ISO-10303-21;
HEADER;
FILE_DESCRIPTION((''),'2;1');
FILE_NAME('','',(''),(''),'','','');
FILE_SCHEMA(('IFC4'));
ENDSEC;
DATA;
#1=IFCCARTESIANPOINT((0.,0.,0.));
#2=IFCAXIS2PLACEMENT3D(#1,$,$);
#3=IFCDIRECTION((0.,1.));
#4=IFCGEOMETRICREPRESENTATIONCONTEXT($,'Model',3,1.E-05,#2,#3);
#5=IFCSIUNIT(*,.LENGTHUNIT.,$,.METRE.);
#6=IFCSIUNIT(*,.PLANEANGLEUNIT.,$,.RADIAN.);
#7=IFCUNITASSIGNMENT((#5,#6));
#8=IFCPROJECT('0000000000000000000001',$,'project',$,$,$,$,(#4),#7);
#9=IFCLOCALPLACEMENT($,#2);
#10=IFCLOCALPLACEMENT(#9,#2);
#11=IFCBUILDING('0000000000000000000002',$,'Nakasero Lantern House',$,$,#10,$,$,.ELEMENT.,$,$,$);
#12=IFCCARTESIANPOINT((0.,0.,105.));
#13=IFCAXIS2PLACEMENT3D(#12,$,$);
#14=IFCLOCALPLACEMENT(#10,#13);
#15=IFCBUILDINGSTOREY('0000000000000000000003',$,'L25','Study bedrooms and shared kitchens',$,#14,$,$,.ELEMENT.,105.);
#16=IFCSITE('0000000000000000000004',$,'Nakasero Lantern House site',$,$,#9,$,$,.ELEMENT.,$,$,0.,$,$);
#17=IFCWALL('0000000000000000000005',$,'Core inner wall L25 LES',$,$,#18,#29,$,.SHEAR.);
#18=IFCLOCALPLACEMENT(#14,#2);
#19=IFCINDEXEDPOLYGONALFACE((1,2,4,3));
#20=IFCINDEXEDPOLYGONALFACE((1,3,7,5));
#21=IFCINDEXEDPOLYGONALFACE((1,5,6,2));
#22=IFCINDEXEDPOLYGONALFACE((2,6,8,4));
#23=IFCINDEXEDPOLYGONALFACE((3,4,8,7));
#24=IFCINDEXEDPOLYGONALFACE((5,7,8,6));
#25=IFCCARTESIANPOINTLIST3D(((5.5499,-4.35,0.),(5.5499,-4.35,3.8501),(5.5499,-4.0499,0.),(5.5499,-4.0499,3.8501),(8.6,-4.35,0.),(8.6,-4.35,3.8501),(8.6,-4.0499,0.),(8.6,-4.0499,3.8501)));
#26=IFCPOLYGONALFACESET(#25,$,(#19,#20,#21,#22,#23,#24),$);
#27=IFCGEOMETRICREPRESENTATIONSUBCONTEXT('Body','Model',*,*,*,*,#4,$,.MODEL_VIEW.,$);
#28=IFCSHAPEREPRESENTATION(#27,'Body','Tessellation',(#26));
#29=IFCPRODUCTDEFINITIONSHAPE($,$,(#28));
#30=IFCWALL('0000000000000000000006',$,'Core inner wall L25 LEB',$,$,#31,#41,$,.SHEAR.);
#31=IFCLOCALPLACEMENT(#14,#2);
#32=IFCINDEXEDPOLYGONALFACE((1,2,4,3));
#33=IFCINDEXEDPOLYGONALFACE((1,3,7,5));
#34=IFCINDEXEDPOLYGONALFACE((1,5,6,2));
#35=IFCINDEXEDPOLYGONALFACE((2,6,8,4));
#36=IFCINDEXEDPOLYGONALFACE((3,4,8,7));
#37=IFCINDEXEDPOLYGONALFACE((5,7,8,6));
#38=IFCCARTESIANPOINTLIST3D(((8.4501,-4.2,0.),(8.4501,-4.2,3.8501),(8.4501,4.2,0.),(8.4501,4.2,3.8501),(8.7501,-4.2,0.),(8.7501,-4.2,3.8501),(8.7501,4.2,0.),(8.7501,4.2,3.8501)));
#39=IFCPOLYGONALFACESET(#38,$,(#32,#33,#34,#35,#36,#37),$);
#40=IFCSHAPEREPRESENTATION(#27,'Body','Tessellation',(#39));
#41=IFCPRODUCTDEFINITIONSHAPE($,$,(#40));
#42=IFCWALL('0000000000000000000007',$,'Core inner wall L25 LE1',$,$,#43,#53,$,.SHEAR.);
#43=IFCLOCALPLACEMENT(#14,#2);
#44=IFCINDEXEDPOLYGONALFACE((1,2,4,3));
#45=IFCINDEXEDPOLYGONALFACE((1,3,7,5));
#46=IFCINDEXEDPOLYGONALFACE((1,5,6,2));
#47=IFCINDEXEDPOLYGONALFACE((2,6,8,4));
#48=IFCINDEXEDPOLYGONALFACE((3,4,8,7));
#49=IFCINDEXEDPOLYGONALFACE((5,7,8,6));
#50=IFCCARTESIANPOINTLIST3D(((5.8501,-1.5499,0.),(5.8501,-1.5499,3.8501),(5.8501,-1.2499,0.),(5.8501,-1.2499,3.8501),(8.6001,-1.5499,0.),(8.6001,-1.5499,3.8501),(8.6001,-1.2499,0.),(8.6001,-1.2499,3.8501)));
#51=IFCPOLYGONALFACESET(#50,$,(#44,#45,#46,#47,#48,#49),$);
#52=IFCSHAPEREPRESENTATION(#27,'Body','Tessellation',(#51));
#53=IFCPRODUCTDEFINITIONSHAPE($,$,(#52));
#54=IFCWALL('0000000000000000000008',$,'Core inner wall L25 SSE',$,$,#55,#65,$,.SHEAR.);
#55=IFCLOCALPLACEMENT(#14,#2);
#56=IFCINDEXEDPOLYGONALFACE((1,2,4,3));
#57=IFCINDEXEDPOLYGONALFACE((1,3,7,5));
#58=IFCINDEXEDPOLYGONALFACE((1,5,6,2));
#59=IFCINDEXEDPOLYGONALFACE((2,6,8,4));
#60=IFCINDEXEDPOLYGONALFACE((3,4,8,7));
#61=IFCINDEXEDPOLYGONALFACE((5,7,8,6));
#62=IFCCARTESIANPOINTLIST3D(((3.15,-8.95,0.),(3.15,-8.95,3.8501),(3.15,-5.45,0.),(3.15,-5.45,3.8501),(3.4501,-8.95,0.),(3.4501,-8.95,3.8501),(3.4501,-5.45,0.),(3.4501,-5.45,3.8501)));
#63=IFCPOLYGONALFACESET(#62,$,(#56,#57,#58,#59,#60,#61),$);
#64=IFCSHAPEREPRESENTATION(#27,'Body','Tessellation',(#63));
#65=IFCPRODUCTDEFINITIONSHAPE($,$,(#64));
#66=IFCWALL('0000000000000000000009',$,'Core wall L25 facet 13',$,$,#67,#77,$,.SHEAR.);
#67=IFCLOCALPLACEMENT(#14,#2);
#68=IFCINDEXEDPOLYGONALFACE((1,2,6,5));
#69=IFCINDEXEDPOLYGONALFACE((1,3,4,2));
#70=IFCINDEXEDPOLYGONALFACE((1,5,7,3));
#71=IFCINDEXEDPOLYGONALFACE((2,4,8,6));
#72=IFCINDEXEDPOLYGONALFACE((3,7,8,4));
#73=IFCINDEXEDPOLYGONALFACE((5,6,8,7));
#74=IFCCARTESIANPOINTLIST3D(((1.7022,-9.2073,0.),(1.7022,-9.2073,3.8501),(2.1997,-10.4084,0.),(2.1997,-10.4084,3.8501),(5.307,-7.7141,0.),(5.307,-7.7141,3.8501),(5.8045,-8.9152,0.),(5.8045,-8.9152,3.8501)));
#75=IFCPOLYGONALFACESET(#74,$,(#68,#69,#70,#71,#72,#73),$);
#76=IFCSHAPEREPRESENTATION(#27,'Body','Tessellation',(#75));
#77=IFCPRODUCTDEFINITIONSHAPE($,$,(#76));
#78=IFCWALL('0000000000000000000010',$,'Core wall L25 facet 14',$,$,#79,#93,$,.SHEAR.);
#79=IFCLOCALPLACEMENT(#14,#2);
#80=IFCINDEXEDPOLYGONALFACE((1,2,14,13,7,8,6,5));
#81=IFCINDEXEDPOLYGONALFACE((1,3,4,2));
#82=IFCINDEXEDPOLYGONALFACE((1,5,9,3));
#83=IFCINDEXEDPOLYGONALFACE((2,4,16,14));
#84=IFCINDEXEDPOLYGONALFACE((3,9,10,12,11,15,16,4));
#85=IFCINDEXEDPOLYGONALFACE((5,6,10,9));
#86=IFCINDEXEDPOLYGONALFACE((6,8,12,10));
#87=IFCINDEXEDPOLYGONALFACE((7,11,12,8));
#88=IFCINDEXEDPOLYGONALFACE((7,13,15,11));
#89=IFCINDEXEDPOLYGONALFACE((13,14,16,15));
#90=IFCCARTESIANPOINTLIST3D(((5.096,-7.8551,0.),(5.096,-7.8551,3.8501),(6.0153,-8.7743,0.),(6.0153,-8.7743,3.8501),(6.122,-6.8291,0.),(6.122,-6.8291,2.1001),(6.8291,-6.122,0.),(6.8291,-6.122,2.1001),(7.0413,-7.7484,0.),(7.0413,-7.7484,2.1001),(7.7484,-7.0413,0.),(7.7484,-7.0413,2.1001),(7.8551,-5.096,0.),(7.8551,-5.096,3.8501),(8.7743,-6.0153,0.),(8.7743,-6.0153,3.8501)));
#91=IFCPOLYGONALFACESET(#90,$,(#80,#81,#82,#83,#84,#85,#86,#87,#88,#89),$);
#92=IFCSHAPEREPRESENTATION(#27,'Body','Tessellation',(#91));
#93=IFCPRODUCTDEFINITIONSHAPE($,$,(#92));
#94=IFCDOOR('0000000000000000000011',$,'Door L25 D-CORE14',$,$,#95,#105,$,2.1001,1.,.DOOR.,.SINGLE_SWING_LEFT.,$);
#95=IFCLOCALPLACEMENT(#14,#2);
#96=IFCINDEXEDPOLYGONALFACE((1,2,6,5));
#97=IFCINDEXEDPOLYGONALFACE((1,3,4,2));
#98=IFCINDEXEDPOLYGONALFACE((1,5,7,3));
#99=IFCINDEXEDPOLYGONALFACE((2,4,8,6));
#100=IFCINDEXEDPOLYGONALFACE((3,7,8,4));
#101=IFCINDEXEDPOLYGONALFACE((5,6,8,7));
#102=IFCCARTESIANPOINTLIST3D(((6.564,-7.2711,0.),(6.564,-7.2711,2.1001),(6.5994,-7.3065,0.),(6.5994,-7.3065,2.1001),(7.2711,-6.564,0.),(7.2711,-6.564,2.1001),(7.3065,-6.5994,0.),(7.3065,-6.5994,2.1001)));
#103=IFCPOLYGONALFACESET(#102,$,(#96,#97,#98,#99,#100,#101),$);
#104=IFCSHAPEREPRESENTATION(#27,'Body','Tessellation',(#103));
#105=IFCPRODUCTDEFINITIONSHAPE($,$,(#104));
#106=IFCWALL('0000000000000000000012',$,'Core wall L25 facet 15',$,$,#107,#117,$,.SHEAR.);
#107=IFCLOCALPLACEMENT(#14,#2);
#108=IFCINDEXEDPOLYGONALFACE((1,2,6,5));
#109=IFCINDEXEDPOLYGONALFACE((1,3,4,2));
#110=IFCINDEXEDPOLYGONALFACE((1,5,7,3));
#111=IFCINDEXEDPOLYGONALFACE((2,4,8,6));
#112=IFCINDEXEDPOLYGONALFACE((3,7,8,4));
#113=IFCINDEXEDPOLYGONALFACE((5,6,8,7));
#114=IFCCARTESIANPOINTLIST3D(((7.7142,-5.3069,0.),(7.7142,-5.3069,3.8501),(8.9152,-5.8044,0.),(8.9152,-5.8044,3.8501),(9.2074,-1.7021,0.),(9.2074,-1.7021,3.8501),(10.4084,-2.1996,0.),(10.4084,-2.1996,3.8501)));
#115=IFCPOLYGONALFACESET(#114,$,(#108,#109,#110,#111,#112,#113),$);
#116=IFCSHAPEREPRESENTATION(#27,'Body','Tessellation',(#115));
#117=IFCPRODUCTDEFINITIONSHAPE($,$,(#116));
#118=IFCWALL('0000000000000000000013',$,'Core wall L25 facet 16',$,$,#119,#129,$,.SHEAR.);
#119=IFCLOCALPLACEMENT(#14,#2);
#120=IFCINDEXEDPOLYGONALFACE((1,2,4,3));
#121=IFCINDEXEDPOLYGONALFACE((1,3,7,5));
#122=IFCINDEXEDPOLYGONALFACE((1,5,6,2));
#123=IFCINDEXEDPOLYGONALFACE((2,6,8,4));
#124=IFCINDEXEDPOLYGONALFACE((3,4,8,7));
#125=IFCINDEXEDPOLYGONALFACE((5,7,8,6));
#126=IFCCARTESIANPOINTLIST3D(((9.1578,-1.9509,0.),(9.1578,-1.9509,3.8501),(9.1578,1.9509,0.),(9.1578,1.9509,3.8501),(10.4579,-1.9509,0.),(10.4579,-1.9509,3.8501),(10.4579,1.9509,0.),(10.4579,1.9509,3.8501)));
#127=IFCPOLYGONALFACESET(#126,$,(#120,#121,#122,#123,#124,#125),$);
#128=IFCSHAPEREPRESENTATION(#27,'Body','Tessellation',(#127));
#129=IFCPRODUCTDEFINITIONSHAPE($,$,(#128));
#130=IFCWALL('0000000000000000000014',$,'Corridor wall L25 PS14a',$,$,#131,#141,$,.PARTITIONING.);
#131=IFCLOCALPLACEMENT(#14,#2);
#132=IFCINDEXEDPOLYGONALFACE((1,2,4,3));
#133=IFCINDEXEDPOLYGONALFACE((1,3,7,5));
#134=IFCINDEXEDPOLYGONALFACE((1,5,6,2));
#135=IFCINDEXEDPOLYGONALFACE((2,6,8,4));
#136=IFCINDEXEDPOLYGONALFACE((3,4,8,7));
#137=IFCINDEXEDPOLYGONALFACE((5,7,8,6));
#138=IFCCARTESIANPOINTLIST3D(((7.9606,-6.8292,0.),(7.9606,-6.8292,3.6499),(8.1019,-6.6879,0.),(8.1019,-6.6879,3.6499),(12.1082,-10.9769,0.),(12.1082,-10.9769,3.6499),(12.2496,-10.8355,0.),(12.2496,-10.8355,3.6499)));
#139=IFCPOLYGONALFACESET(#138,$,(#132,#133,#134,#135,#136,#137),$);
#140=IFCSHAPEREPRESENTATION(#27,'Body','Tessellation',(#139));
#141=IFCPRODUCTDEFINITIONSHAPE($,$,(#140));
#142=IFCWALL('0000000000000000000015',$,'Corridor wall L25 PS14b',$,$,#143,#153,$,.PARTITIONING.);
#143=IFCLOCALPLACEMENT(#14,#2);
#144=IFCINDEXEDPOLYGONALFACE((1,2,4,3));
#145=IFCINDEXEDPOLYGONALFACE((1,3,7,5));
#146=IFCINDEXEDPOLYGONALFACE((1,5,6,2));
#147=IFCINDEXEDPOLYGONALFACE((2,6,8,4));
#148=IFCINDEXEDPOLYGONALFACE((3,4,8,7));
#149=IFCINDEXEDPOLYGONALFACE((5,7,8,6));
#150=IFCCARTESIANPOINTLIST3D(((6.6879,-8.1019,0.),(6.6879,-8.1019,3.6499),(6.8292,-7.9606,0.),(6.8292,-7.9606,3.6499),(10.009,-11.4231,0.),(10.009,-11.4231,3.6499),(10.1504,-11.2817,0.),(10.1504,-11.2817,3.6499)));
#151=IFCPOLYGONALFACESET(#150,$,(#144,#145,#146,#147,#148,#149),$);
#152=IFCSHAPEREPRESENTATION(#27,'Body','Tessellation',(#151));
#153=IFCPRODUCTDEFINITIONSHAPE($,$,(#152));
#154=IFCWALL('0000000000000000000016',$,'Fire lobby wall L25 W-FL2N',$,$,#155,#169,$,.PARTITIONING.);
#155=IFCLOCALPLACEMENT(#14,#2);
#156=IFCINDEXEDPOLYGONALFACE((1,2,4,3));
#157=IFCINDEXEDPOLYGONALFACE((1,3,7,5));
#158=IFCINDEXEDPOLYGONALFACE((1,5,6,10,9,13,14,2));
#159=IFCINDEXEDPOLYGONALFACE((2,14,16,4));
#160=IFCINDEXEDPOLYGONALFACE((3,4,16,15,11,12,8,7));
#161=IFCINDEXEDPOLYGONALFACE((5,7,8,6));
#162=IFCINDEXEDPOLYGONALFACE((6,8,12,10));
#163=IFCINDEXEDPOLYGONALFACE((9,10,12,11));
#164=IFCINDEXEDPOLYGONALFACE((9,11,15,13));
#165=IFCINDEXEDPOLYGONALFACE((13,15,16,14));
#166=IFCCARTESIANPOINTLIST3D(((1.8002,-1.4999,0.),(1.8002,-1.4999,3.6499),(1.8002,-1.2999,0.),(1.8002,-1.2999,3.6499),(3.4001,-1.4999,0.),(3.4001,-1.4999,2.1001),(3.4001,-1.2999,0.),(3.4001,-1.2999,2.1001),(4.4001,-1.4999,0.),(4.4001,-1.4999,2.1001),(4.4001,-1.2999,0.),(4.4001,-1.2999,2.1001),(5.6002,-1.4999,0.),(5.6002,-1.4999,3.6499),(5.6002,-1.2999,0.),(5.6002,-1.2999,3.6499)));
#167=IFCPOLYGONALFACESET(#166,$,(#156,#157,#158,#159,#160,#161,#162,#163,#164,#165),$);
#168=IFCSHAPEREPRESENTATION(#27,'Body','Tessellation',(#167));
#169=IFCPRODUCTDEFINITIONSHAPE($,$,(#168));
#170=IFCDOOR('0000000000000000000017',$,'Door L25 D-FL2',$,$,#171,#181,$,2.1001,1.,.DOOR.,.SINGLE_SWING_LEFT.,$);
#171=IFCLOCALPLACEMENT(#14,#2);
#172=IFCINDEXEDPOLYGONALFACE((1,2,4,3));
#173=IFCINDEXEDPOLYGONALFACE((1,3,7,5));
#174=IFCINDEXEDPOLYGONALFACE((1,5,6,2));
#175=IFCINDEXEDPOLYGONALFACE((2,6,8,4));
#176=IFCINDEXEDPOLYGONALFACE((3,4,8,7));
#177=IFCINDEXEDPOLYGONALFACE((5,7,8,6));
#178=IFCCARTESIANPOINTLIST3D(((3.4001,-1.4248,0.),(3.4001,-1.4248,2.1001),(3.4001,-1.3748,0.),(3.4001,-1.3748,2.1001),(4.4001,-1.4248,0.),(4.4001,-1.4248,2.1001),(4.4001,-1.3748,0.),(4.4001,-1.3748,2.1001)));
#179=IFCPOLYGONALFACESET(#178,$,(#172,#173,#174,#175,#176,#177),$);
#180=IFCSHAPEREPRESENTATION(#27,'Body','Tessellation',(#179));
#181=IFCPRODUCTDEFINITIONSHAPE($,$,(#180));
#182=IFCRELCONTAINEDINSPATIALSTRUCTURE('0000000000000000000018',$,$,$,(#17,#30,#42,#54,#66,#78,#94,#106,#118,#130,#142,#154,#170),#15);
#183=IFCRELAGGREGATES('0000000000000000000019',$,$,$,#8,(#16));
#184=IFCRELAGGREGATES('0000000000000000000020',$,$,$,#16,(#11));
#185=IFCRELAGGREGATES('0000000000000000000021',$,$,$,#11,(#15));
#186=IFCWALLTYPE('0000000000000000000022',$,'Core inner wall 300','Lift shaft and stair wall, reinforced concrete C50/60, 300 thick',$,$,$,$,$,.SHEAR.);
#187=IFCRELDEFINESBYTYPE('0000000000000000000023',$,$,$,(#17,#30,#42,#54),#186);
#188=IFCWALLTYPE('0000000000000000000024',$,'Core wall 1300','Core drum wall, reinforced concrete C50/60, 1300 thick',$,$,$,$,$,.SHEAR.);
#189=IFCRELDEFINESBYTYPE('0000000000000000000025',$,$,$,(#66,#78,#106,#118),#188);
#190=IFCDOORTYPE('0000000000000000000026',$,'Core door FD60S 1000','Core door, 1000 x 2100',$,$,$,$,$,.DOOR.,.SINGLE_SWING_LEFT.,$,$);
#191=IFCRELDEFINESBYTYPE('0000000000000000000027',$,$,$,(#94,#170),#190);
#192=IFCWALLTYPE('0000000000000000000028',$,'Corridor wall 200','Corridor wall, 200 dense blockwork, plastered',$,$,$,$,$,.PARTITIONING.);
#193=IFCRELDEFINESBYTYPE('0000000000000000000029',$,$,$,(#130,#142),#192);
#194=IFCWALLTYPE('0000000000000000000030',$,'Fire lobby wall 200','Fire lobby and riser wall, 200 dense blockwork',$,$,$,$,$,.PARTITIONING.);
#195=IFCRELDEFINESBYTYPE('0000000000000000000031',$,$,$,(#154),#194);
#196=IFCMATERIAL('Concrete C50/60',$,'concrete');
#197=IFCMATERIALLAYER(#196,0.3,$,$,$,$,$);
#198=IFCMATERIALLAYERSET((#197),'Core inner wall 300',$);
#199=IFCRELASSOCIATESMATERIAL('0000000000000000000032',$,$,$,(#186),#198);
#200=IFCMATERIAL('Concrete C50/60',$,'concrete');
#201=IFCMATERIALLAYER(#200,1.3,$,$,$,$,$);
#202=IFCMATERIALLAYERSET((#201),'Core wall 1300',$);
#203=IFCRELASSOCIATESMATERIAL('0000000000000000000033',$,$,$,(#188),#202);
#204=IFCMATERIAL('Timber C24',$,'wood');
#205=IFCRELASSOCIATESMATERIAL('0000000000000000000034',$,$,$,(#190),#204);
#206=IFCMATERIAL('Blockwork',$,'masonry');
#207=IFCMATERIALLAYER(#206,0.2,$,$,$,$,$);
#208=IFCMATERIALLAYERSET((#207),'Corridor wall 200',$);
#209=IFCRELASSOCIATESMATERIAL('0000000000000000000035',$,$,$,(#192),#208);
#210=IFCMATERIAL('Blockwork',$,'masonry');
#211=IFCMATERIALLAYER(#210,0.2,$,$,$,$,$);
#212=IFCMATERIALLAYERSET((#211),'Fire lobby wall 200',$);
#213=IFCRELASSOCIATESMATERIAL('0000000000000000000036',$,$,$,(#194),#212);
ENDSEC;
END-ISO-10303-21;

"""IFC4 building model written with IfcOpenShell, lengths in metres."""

from ifc_helpers import new_model, si_unit, direction, frame, frame_2d, origin, place, context, subcontext, project, spatial, rectangle, extrude, material, layer, layer_set, type_object, element, fill, save


model = new_model("IFC4")

# Units and contexts
model_context = context("Model", 3, precision=1e-05, world=origin(), true_north=direction((0.0, 1.0)))
body_context = subcontext(model_context, "Body", "Model", "MODEL_VIEW")
ifc_project = project(units=[si_unit("LENGTHUNIT", "METRE"), si_unit("PLANEANGLEUNIT", "RADIAN")], contexts=[model_context])

# Site, building, storey
site_placement = place(None, origin())
site = spatial("IfcSite", under=ifc_project, at=site_placement, Name="Nakasero Lantern House site", CompositionType="ELEMENT", RefElevation=0.0)
building_placement = place(site_placement, origin())
building = spatial("IfcBuilding", under=site, at=building_placement, Name="Nakasero Lantern House", CompositionType="ELEMENT")
storey_placement = place(building_placement, frame((0.0, 0.0, 105.0)))
storey = spatial("IfcBuildingStorey", under=building, at=storey_placement, Name="L25", Description="Study bedrooms and shared kitchens", CompositionType="ELEMENT", Elevation=105.0)

# Shared definitions
ifc_material_1 = material(Name="Concrete C50/60", Category="concrete")
ifc_layer_1 = layer(ifc_material_1, 0.3)
ifc_layer_set_1 = layer_set([ifc_layer_1], Name="Core inner wall 300")
wall_type_1 = type_object("IfcWallType", Name="Core inner wall 300", Description="Lift shaft and stair wall, reinforced concrete C50/60, 300 thick", PredefinedType="SHEAR", material=ifc_layer_set_1)

# Walls
wall_1_placement = place(storey_placement, frame((5.55, -4.2, 0.0), z_axis=(0.0, 0.0, 1.0), x_axis=(1.0, 0.0, 0.0)))
element("IfcWall", 1, at=wall_1_placement, inside=storey, type_object=wall_type_1, Name="Core inner wall L25 LES", PredefinedType="SHEAR", context=body_context, shape_type="SweptSolid", body=[
    extrude(rectangle(XDim=3.05, YDim=0.3, at=frame_2d((1.5249, 0.0))), origin(), (0.0, 0.0, 1.0), 3.8501),
])
wall_2_placement = place(storey_placement, frame((8.6001, -4.2, 0.0), z_axis=(0.0, 0.0, 1.0), x_axis=(0.0, 1.0, 0.0)))
element("IfcWall", 2, at=wall_2_placement, inside=storey, type_object=wall_type_1, Name="Core inner wall L25 LEB", PredefinedType="SHEAR", context=body_context, shape_type="SweptSolid", body=[
    extrude(rectangle(XDim=8.3999, YDim=0.3, at=frame_2d((4.2, 0.0))), origin(), (0.0, 0.0, 1.0), 3.8501),
])
wall_3_placement = place(storey_placement, frame((5.8501, -1.3999, 0.0), z_axis=(0.0, 0.0, 1.0), x_axis=(1.0, 0.0, 0.0)))
element("IfcWall", 3, at=wall_3_placement, inside=storey, type_object=wall_type_1, Name="Core inner wall L25 LE1", PredefinedType="SHEAR", context=body_context, shape_type="SweptSolid", body=[
    extrude(rectangle(XDim=2.75, YDim=0.3, at=frame_2d((1.375, 0.0))), origin(), (0.0, 0.0, 1.0), 3.8501),
])
wall_4_placement = place(storey_placement, frame((3.3, -5.45, 0.0), z_axis=(0.0, 0.0, 1.0), x_axis=(0.0, -1.0, 0.0)))
element("IfcWall", 4, at=wall_4_placement, inside=storey, type_object=wall_type_1, Name="Core inner wall L25 SSE", PredefinedType="SHEAR", context=body_context, shape_type="SweptSolid", body=[
    extrude(rectangle(XDim=3.5, YDim=0.3, at=frame_2d((1.75, 0.0))), origin(), (0.0, 0.0, 1.0), 3.8501),
])
ifc_material_2 = material(Name="Concrete C50/60", Category="concrete")
ifc_layer_2 = layer(ifc_material_2, 1.3)
ifc_layer_set_2 = layer_set([ifc_layer_2], Name="Core wall 1300")
wall_type_2 = type_object("IfcWallType", Name="Core wall 1300", Description="Core drum wall, reinforced concrete C50/60, 1300 thick", PredefinedType="SHEAR", material=ifc_layer_set_2)
wall_5_placement = place(storey_placement, frame((1.9509, -9.8079, 0.0), z_axis=(0.0, 0.0, 1.0), x_axis=(0.923877, 0.382691, 0.0)))
element("IfcWall", 5, at=wall_5_placement, inside=storey, type_object=wall_type_2, Name="Core wall L25 facet 13", PredefinedType="SHEAR", context=body_context, shape_type="SweptSolid", body=[
    extrude(rectangle(XDim=3.9019, YDim=1.3, at=frame_2d((1.9509, 0.0))), origin(), (0.0, 0.0, 1.0), 3.8501),
])

# Wall, opening, door
wall_6_placement = place(storey_placement, frame((5.5557, -8.3147, 0.0), z_axis=(0.0, 0.0, 1.0), x_axis=(0.707107, 0.707107, 0.0)))
wall_6 = element("IfcWall", 6, at=wall_6_placement, inside=storey, type_object=wall_type_2, Name="Core wall L25 facet 14", PredefinedType="SHEAR", context=body_context, shape_type="SweptSolid", body=[
    extrude(rectangle(XDim=3.9019, YDim=1.3, at=frame_2d((1.9509, 0.0))), origin(), (0.0, 0.0, 1.0), 3.8501),
])
opening_1_placement = place(wall_6_placement, frame((1.4509, 0.0, 0.0)))
opening_1 = element("IfcOpeningElement", 7, at=opening_1_placement, cuts=wall_6, PredefinedType="OPENING", context=body_context, shape_type="SweptSolid", body=[
    extrude(rectangle(XDim=1.0, YDim=2.1001, at=frame_2d((0.5, 1.05))), frame((0.0, 0.6699, 0.0), z_axis=(0.0, -1.0, 0.0), x_axis=(1.0, 0.0, 0.0)), (0.0, 0.0, 1.0), 1.3401),
])
ifc_material_3 = material(Name="Timber C24", Category="wood")
door_type_1 = type_object("IfcDoorType", Name="Core door FD60S 1000", Description="Core door, 1000 x 2100", OperationType="SINGLE_SWING_LEFT", PredefinedType="DOOR", material=ifc_material_3)
door_1_placement = place(opening_1_placement, origin())
door_1 = element("IfcDoor", 8, at=door_1_placement, inside=storey, type_object=door_type_1, Name="Door L25 D-CORE14", OperationType="SINGLE_SWING_LEFT", OverallHeight=2.1001, OverallWidth=1.0, PredefinedType="DOOR", context=body_context, shape_type="SweptSolid", body=[
    extrude(rectangle(XDim=1.0, YDim=2.1001, at=frame_2d((0.5, 1.05))), frame((0.0, 0.0249, 0.0), z_axis=(0.0, -1.0, 0.0), x_axis=(1.0, 0.0, 0.0)), (0.0, 0.0, 1.0), 0.05),
])
fill(opening_1, door_1)

# Walls
for number, where, z_axis, x_axis, name in (
    (9, (8.3147, -5.5557, 0.0), (0.0, 0.0, 1.0), (0.382691, 0.923877, 0.0), "Core wall L25 facet 15"),
    (10, (9.8079, -1.9509, 0.0), (0.0, 0.0, 1.0), (0.0, 1.0, 0.0), "Core wall L25 facet 16"),
):
    element("IfcWall", number, at=place(storey_placement, frame(where, z_axis=z_axis, x_axis=x_axis)), inside=storey, type_object=wall_type_2, Name=name, PredefinedType="SHEAR", context=body_context, shape_type="SweptSolid", body=[
        extrude(rectangle(XDim=3.9019, YDim=1.3, at=frame_2d((1.9509, 0.0))), origin(), (0.0, 0.0, 1.0), 3.8501),
    ])
ifc_material_4 = material(Name="Blockwork", Category="masonry")
ifc_layer_3 = layer(ifc_material_4, 0.2)
ifc_layer_set_3 = layer_set([ifc_layer_3], Name="Corridor wall 200")
wall_type_3 = type_object("IfcWallType", Name="Corridor wall 200", Description="Corridor wall, 200 dense blockwork, plastered", PredefinedType="PARTITIONING", material=ifc_layer_set_3)
wall_7_placement = place(storey_placement, frame((8.0312, -6.7585, 0.0), z_axis=(0.0, 0.0, 1.0), x_axis=(0.707107, -0.707107, 0.0)))
element("IfcWall", 11, at=wall_7_placement, inside=storey, type_object=wall_type_3, Name="Corridor wall L25 PS14a", PredefinedType="PARTITIONING", context=body_context, shape_type="SweptSolid", body=[
    extrude(rectangle(XDim=5.8657, YDim=0.2, at=frame_2d((2.9329, 0.0))), origin(), (0.0, 0.0, 1.0), 3.6499),
])
wall_8_placement = place(storey_placement, frame((6.7585, -8.0312, 0.0), z_axis=(0.0, 0.0, 1.0), x_axis=(0.707107, -0.707107, 0.0)))
element("IfcWall", 12, at=wall_8_placement, inside=storey, type_object=wall_type_3, Name="Corridor wall L25 PS14b", PredefinedType="PARTITIONING", context=body_context, shape_type="SweptSolid", body=[
    extrude(rectangle(XDim=4.6968, YDim=0.2, at=frame_2d((2.3484, 0.0))), origin(), (0.0, 0.0, 1.0), 3.6499),
])

# Wall, opening, door
ifc_material_5 = material(Name="Blockwork", Category="masonry")
ifc_layer_4 = layer(ifc_material_5, 0.2)
ifc_layer_set_4 = layer_set([ifc_layer_4], Name="Fire lobby wall 200")
wall_type_4 = type_object("IfcWallType", Name="Fire lobby wall 200", Description="Fire lobby and riser wall, 200 dense blockwork", PredefinedType="PARTITIONING", material=ifc_layer_set_4)
wall_9_placement = place(storey_placement, frame((5.6001, -1.3999, 0.0), z_axis=(0.0, 0.0, 1.0), x_axis=(-1.0, 0.0, 0.0)))
wall_9 = element("IfcWall", 13, at=wall_9_placement, inside=storey, type_object=wall_type_4, Name="Fire lobby wall L25 W-FL2N", PredefinedType="PARTITIONING", context=body_context, shape_type="SweptSolid", body=[
    extrude(rectangle(XDim=3.8, YDim=0.2, at=frame_2d((1.8999, 0.0))), origin(), (0.0, 0.0, 1.0), 3.6499),
])
opening_2_placement = place(wall_9_placement, frame((1.2, 0.0, 0.0)))
opening_2 = element("IfcOpeningElement", 14, at=opening_2_placement, cuts=wall_9, PredefinedType="OPENING", context=body_context, shape_type="SweptSolid", body=[
    extrude(rectangle(XDim=1.0, YDim=2.1001, at=frame_2d((0.5, 1.05))), frame((0.0, 0.1199, 0.0), z_axis=(0.0, -1.0, 0.0), x_axis=(1.0, 0.0, 0.0)), (0.0, 0.0, 1.0), 0.24),
])
door_2_placement = place(opening_2_placement, origin())
door_2 = element("IfcDoor", 15, at=door_2_placement, inside=storey, type_object=door_type_1, Name="Door L25 D-FL2", OperationType="SINGLE_SWING_LEFT", OverallHeight=2.1001, OverallWidth=1.0, PredefinedType="DOOR", context=body_context, shape_type="SweptSolid", body=[
    extrude(rectangle(XDim=1.0, YDim=2.1001, at=frame_2d((0.5, 1.05))), frame((0.0, 0.0249, 0.0), z_axis=(0.0, -1.0, 0.0), x_axis=(1.0, 0.0, 0.0)), (0.0, 0.0, 1.0), 0.05),
])
fill(opening_2, door_2)

save(model, "model.ifc")
